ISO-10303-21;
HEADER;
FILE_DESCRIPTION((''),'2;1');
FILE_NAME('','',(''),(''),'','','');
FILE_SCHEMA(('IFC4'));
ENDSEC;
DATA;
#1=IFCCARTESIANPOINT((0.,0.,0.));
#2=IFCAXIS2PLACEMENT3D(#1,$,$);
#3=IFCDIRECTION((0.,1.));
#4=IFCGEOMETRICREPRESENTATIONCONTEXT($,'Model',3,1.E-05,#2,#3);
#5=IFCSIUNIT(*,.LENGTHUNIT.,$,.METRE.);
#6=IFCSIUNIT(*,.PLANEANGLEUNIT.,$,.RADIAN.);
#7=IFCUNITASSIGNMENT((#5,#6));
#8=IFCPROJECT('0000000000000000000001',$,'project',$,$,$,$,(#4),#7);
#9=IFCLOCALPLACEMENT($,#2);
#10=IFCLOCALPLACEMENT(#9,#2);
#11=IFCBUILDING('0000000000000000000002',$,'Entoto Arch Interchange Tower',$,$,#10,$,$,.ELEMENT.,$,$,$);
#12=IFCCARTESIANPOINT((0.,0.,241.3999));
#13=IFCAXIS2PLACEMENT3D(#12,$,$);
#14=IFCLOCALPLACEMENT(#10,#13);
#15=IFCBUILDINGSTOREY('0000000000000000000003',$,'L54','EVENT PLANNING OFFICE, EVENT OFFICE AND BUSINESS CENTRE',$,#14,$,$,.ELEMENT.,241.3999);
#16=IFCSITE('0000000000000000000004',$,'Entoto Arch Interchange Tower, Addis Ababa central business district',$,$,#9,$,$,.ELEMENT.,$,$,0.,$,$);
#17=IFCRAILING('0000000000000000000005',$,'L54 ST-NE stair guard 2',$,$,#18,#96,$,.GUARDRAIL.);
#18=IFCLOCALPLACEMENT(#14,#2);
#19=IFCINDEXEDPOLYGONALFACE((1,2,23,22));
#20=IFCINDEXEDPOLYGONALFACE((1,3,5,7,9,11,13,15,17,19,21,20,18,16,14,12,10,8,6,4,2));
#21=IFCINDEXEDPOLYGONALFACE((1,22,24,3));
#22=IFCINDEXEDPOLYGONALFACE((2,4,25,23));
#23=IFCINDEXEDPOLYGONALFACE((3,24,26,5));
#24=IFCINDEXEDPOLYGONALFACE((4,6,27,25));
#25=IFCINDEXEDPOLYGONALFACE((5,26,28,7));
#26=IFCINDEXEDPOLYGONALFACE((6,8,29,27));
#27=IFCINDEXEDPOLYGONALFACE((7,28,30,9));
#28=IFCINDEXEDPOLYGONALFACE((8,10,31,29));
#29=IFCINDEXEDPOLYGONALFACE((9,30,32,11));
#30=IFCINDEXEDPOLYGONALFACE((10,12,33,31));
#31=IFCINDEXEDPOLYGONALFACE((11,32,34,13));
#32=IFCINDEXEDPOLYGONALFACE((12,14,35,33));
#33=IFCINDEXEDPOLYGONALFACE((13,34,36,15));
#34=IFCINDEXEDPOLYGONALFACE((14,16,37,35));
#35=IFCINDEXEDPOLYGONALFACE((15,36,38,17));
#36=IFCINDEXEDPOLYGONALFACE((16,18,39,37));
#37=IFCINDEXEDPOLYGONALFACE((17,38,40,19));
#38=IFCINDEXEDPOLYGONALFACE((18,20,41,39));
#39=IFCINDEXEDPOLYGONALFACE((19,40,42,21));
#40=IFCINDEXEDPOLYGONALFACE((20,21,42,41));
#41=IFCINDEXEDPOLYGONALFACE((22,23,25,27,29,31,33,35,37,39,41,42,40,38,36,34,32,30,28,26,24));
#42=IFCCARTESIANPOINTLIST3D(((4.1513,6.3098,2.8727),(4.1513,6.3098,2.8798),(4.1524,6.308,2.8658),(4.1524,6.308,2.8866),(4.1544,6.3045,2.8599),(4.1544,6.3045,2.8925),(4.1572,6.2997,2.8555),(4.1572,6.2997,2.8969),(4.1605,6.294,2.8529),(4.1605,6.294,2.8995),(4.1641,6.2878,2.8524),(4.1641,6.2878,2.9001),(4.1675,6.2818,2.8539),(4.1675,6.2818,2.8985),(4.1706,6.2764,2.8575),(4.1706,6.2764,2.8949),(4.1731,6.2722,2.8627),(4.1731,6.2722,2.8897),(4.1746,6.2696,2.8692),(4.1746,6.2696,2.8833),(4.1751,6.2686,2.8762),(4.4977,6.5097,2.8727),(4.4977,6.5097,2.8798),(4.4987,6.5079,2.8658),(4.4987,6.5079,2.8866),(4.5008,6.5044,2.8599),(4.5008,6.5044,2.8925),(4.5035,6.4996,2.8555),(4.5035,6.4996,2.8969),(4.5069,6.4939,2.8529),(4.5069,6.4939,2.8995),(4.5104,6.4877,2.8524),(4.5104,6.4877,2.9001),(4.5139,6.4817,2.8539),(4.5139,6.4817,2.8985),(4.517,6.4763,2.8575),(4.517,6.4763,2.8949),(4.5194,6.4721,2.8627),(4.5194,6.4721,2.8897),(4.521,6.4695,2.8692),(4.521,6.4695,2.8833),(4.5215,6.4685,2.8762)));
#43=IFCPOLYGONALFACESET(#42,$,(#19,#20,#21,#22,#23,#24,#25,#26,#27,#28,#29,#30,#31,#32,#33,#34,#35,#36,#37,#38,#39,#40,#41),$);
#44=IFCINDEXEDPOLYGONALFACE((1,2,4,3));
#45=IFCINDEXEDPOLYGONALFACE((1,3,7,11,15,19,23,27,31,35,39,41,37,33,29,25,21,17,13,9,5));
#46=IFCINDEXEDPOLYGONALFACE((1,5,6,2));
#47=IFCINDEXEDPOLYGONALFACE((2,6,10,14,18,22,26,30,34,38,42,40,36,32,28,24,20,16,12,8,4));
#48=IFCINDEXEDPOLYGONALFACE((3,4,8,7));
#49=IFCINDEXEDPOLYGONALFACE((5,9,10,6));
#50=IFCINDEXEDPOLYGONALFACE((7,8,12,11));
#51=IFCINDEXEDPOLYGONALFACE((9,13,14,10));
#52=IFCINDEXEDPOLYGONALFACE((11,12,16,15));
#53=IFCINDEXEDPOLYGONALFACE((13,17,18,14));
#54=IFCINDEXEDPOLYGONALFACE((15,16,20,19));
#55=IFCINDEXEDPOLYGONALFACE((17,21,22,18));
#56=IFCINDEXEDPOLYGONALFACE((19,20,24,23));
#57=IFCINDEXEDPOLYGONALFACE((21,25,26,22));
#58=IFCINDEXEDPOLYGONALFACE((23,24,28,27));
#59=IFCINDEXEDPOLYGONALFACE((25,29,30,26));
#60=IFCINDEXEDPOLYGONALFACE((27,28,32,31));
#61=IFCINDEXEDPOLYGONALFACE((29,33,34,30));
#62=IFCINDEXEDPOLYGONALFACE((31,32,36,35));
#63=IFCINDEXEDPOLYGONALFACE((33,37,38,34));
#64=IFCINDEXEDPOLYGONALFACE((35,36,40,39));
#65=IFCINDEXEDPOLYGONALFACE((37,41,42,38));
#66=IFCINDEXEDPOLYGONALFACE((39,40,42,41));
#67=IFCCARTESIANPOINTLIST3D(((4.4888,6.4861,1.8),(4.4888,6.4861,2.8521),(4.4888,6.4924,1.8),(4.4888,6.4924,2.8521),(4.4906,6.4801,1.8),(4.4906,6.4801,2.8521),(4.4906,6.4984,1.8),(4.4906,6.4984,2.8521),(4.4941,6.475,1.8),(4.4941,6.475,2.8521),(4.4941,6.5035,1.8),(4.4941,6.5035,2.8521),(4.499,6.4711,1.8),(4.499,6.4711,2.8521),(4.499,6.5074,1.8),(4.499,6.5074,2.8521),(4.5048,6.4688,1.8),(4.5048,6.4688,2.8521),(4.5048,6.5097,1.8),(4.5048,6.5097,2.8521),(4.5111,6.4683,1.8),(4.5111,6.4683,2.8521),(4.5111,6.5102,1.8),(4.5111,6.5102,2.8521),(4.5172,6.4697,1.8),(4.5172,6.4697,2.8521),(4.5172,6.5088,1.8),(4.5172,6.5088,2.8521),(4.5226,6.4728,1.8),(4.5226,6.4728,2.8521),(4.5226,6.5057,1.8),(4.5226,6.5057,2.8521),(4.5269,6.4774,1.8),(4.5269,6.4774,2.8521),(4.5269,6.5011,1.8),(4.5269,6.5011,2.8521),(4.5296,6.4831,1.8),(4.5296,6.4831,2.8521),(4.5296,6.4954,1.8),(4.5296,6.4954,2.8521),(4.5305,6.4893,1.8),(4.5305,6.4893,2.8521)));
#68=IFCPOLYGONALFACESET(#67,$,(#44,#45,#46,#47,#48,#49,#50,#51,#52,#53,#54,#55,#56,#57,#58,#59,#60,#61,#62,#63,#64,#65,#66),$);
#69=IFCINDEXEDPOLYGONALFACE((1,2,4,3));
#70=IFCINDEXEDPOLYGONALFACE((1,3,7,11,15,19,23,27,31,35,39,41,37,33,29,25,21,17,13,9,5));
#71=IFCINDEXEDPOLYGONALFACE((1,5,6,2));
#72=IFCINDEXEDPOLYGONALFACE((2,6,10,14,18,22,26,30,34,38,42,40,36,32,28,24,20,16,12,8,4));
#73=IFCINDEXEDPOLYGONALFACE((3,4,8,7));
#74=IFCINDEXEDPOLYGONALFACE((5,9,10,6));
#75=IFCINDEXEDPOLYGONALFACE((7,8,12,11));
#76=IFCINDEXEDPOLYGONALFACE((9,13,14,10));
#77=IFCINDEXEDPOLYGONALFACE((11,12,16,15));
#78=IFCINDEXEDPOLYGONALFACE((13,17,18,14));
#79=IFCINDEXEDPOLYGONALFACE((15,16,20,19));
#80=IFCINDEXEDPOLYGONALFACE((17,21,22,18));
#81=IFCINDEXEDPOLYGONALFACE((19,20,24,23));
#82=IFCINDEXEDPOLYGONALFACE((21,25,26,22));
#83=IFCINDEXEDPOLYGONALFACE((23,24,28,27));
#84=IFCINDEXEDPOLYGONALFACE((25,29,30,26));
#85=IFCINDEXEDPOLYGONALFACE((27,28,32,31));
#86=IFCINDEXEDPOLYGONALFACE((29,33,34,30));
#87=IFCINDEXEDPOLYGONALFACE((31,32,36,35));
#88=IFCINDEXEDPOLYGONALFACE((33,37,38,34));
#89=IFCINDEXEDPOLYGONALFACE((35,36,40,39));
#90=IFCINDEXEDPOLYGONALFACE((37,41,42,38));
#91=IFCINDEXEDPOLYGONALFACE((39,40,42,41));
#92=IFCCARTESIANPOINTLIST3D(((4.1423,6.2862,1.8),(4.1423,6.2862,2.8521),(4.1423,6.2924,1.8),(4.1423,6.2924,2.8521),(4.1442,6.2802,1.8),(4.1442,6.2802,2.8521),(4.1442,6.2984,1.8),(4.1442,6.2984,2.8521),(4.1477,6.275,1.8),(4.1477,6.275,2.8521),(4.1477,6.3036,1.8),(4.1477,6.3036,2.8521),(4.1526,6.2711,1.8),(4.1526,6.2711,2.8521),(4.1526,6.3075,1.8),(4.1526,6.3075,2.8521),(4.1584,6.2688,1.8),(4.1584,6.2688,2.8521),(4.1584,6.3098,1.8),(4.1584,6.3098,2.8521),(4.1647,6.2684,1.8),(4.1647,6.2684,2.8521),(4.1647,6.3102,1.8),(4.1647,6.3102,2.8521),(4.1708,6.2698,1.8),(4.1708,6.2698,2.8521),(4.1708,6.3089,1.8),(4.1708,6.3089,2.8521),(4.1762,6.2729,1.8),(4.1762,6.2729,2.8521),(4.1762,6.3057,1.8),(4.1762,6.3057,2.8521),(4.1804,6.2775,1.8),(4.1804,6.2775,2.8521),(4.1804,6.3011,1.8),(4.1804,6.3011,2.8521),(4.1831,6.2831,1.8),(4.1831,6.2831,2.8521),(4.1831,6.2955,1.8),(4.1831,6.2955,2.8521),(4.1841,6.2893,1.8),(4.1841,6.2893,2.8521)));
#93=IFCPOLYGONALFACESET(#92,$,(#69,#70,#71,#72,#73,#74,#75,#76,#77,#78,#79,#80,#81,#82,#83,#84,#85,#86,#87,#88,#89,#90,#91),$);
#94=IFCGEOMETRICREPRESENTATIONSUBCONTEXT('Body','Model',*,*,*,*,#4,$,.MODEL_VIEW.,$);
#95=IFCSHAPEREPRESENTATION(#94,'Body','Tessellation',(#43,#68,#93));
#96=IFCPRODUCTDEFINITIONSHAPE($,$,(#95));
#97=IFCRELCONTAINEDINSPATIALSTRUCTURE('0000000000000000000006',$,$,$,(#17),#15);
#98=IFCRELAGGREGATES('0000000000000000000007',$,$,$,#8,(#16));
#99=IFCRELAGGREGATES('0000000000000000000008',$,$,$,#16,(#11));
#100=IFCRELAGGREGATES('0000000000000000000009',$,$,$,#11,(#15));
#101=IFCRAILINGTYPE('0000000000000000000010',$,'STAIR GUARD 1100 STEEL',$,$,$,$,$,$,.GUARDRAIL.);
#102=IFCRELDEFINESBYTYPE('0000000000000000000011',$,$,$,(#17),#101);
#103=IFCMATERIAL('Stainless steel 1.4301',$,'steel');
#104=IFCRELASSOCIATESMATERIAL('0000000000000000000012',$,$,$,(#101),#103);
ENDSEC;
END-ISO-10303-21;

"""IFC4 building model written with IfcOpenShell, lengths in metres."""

from ifc_helpers import new_model, si_unit, direction, frame, origin, origin_2d, place, context, subcontext, project, spatial, circle, extrude, material, type_object, element, save


model = new_model("IFC4")

# Units and contexts
model_context = context("Model", 3, precision=1e-05, world=origin(), true_north=direction((0.0, 1.0)))
body_context = subcontext(model_context, "Body", "Model", "MODEL_VIEW")
ifc_project = project(units=[si_unit("LENGTHUNIT", "METRE"), si_unit("PLANEANGLEUNIT", "RADIAN")], contexts=[model_context])

# Site, building, storey
site_placement = place(None, origin())
site = spatial("IfcSite", under=ifc_project, at=site_placement, Name="Entoto Arch Interchange Tower, Addis Ababa central business district", CompositionType="ELEMENT", RefElevation=0.0)
building_placement = place(site_placement, origin())
building = spatial("IfcBuilding", under=site, at=building_placement, Name="Entoto Arch Interchange Tower", CompositionType="ELEMENT")
storey_placement = place(building_placement, frame((0.0, 0.0, 241.3999)))
storey = spatial("IfcBuildingStorey", under=building, at=storey_placement, Name="L54", Description="EVENT PLANNING OFFICE, EVENT OFFICE AND BUSINESS CENTRE", CompositionType="ELEMENT", Elevation=241.3999)

# Railing
ifc_material_1 = material(Name="Stainless steel 1.4301", Category="steel")
railing_type_1 = type_object("IfcRailingType", Name="STAIR GUARD 1100 STEEL", PredefinedType="GUARDRAIL", material=ifc_material_1)
railing_1_placement = place(storey_placement, frame((4.5095, 6.4893, 1.8)))
element("IfcRailing", 1, at=railing_1_placement, inside=storey, type_object=railing_type_1, Name="L54 ST-NE stair guard 2", PredefinedType="GUARDRAIL", context=body_context, shape_type="SweptSolid", body=[
    extrude(circle(Radius=0.0239, at=origin_2d()), frame((0.0, 0.0, 1.0762), z_axis=(-0.866094, -0.499881, 0.0), x_axis=(0.499881, -0.866094, 0.0)), (0.0, 0.0, 1.0), 0.3999),
    extrude(circle(Radius=0.021, at=origin_2d()), origin(), (0.0, 0.0, 1.0), 1.052),
    extrude(circle(Radius=0.021, at=origin_2d()), frame((-0.3464, -0.2, 0.0)), (0.0, 0.0, 1.0), 1.052),
])

save(model, "model.ifc")
